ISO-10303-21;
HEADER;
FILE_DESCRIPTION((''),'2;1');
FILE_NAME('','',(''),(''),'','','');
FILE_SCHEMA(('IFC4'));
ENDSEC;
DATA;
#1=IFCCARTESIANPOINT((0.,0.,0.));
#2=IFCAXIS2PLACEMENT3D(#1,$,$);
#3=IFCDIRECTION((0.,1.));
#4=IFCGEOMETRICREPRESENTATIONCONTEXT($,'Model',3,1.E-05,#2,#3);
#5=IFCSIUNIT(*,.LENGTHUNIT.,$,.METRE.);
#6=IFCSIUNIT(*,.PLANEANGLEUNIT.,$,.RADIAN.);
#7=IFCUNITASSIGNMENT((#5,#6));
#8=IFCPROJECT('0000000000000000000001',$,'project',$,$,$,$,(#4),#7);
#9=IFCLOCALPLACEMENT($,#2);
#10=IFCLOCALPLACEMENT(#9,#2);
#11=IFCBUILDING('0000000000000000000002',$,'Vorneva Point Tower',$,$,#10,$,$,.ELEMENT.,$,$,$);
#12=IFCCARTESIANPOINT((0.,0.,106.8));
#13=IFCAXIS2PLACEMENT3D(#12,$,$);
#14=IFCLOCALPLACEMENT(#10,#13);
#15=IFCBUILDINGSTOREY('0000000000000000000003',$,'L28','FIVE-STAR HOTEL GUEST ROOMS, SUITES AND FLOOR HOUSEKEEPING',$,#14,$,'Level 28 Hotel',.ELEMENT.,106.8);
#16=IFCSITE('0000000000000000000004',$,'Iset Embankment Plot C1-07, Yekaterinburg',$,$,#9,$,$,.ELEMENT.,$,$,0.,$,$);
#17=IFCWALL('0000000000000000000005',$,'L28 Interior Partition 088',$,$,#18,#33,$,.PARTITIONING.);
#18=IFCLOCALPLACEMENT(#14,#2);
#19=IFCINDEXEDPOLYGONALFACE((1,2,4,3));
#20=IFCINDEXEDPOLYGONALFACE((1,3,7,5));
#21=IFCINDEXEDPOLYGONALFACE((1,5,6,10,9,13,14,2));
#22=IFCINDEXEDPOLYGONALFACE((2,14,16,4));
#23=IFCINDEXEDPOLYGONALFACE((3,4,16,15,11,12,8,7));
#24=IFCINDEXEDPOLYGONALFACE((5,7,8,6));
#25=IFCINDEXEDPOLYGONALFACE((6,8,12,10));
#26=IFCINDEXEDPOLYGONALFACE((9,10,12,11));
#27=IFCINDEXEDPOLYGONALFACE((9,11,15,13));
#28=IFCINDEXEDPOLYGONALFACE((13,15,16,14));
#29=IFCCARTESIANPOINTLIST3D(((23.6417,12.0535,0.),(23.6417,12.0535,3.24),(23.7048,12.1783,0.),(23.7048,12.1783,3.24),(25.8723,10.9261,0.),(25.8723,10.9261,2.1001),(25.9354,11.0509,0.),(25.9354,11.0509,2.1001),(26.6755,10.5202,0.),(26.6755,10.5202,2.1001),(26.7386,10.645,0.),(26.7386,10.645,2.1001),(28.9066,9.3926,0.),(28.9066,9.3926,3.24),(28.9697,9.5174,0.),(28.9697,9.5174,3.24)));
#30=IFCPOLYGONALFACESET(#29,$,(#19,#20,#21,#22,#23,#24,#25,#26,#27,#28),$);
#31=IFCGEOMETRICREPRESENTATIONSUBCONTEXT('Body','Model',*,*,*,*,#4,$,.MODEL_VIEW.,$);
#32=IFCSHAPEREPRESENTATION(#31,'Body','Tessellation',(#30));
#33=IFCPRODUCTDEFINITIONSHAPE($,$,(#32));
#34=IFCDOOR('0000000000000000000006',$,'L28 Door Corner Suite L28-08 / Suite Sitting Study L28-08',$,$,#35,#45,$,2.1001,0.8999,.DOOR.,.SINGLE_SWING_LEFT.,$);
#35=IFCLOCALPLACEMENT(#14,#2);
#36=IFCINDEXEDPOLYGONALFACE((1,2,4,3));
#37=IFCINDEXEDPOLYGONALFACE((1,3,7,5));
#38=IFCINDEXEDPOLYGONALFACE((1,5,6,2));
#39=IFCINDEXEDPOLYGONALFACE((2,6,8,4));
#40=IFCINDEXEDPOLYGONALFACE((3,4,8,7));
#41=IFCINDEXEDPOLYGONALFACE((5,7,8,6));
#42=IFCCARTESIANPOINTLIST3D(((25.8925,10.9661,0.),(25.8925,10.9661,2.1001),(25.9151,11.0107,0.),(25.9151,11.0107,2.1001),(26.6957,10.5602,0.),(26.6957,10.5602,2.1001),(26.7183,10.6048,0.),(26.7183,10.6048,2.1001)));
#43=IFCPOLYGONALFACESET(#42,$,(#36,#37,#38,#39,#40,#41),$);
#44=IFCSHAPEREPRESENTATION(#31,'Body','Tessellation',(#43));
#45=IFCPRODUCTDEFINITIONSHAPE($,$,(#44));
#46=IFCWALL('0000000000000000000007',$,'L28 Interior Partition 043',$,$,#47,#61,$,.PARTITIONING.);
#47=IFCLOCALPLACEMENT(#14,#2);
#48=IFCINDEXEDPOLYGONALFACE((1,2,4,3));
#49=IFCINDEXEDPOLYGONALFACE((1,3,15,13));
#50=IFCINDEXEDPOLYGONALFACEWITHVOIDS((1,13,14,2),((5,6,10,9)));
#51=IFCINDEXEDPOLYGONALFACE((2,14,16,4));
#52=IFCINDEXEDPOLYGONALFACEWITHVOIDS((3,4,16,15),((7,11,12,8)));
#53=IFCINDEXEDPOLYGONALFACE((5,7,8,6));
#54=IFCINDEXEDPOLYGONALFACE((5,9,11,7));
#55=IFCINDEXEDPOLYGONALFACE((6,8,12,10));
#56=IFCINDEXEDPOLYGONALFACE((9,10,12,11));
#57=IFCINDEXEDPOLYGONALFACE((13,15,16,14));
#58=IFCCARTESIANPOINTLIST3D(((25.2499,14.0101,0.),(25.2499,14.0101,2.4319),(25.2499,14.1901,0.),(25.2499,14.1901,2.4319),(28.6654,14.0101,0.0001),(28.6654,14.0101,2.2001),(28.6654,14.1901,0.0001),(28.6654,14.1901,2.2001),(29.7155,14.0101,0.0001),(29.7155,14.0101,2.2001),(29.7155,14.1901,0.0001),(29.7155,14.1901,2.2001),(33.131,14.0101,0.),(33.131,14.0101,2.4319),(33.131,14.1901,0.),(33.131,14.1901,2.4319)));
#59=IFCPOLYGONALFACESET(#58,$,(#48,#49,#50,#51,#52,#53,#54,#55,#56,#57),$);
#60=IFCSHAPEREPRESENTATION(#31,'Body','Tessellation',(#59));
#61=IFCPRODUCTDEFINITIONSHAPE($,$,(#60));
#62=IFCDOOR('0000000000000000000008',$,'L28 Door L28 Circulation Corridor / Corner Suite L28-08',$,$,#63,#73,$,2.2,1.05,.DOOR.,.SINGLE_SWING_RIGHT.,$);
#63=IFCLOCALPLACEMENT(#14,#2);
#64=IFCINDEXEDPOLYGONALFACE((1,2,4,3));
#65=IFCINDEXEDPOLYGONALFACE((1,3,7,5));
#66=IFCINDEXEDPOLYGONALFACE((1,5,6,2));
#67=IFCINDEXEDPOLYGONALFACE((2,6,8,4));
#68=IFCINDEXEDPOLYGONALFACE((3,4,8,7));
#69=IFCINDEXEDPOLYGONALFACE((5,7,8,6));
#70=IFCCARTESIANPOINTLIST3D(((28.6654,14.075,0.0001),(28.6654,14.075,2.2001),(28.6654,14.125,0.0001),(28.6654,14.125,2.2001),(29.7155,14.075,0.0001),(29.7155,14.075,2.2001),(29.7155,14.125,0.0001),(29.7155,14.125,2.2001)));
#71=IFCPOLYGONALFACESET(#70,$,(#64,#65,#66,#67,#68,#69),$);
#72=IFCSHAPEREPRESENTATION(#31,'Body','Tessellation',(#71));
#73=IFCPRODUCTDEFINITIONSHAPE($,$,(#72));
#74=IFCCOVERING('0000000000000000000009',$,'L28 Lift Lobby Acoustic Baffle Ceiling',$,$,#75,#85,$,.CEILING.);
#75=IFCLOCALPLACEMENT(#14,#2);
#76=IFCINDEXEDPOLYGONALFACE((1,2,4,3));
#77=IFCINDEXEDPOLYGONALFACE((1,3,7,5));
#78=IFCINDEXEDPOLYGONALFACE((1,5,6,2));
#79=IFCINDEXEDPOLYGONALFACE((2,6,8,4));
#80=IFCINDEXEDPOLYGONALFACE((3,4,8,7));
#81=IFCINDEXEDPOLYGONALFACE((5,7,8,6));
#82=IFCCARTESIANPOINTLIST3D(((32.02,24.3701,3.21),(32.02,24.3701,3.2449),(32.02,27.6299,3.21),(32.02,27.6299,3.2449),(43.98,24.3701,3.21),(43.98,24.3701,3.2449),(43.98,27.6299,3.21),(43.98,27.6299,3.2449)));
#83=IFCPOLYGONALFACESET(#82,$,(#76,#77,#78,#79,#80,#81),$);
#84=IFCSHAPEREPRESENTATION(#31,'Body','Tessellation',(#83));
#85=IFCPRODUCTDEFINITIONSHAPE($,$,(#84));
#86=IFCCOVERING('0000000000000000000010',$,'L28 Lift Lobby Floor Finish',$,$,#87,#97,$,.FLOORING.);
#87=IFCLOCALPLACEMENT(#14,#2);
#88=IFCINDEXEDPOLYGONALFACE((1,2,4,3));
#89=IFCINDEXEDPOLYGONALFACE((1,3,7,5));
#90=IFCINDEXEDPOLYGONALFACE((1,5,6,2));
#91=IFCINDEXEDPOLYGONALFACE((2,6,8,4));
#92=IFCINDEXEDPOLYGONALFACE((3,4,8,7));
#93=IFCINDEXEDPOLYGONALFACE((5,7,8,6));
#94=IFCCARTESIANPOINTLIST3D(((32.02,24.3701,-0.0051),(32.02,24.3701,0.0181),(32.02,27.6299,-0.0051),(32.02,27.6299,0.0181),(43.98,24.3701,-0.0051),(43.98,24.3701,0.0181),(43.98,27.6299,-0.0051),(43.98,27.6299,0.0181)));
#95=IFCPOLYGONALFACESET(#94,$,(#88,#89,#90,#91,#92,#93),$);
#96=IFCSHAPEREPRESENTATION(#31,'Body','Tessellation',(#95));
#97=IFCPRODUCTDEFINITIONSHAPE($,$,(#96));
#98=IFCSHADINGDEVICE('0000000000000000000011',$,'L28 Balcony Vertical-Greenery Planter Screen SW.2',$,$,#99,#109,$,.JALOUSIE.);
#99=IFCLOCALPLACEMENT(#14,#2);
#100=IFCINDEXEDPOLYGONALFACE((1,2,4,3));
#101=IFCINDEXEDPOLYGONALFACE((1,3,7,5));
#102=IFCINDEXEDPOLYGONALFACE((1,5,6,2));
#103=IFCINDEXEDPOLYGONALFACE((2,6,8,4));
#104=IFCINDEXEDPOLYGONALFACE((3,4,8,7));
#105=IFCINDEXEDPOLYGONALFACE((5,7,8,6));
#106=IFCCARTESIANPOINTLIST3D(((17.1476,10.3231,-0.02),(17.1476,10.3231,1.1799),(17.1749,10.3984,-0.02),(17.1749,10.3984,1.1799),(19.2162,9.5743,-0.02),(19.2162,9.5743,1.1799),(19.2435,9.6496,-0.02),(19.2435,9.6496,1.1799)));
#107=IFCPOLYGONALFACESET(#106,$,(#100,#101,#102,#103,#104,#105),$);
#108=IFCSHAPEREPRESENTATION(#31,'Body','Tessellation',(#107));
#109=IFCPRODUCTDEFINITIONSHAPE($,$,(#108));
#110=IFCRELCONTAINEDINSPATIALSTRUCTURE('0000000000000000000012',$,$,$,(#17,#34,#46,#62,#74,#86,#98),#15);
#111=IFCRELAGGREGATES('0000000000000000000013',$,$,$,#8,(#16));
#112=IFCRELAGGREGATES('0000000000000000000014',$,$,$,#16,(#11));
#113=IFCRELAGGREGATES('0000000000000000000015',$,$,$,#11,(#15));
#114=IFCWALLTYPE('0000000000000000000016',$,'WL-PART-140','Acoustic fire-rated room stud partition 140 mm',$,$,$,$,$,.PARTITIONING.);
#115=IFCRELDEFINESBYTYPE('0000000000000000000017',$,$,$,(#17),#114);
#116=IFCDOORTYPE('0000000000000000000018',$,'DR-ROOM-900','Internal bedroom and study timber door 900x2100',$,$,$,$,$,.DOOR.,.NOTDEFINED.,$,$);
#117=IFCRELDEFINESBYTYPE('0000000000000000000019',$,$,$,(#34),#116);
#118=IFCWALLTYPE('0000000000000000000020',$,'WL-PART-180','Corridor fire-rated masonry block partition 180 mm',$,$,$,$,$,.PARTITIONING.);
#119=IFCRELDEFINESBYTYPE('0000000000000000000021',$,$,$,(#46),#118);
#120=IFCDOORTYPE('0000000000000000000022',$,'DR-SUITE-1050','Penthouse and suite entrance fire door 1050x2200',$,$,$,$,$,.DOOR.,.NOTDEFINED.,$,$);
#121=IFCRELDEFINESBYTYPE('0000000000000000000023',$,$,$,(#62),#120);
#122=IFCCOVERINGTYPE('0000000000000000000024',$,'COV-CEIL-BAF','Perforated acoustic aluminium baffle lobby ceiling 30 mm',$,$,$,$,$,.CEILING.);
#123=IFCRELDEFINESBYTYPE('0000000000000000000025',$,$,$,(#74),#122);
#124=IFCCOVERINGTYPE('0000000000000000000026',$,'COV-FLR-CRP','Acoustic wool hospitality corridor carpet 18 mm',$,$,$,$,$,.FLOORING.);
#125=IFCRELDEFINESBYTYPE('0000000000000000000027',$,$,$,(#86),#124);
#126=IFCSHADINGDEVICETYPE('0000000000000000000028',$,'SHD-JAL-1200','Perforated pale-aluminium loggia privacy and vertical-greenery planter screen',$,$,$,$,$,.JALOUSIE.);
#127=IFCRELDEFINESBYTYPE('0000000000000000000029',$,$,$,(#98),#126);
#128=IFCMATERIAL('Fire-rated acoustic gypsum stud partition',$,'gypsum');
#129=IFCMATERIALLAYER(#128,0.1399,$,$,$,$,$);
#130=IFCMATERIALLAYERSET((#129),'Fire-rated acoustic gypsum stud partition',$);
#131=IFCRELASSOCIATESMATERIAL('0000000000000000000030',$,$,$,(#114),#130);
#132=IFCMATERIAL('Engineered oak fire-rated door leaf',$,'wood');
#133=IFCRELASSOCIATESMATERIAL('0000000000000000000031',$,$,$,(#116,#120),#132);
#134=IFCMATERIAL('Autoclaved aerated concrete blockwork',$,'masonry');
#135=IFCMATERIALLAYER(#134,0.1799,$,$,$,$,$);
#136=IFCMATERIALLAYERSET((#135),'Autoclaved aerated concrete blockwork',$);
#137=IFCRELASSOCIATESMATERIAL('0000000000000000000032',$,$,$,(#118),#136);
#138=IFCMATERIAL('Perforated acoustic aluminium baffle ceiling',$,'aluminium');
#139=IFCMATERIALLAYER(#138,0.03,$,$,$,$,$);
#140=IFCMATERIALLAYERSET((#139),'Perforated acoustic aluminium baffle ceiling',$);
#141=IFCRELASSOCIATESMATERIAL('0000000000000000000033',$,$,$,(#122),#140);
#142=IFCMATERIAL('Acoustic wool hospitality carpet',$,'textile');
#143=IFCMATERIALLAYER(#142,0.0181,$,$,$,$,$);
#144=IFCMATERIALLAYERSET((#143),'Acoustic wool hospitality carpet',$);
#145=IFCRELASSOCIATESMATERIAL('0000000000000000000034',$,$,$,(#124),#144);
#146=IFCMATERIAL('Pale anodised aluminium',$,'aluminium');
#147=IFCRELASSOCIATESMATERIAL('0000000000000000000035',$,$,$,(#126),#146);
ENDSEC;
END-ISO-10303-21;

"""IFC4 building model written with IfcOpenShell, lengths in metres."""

from ifc_helpers import new_model, si_unit, direction, frame, frame_2d, origin, origin_2d, place, context, subcontext, project, spatial, polyline, rectangle, outline, extrude, material, layer, layer_set, type_object, element, fill, save


model = new_model("IFC4")

# Units and contexts
model_context = context("Model", 3, precision=1e-05, world=origin(), true_north=direction((0.0, 1.0)))
body_context = subcontext(model_context, "Body", "Model", "MODEL_VIEW")
ifc_project = project(units=[si_unit("LENGTHUNIT", "METRE"), si_unit("PLANEANGLEUNIT", "RADIAN")], contexts=[model_context])

# Site, building, storey
site_placement = place(None, origin())
site = spatial("IfcSite", under=ifc_project, at=site_placement, Name="Iset Embankment Plot C1-07, Yekaterinburg", CompositionType="ELEMENT", RefElevation=0.0)
building_placement = place(site_placement, origin())
building = spatial("IfcBuilding", under=site, at=building_placement, Name="Vorneva Point Tower", CompositionType="ELEMENT")
storey_placement = place(building_placement, frame((0.0, 0.0, 106.8)))
storey = spatial("IfcBuildingStorey", under=building, at=storey_placement, Name="L28", Description="FIVE-STAR HOTEL GUEST ROOMS, SUITES AND FLOOR HOUSEKEEPING", LongName="Level 28 Hotel", CompositionType="ELEMENT", Elevation=106.8)

# Shared definitions
ifc_material_1 = material(Name="Pale anodised aluminium", Category="aluminium")

# Shared definitions
ifc_material_2 = material(Name="Fire-rated acoustic gypsum stud partition", Category="gypsum")
ifc_layer_1 = layer(ifc_material_2, 0.1399)
ifc_layer_set_1 = layer_set([ifc_layer_1], Name="Fire-rated acoustic gypsum stud partition")
wall_type_1 = type_object("IfcWallType", Name="WL-PART-140", Description="Acoustic fire-rated room stud partition 140 mm", PredefinedType="PARTITIONING", material=ifc_layer_set_1)

# Walls, openings, doors
wall_1_placement = place(storey_placement, frame((23.6731, 12.116, 0.0), z_axis=(0.0, 0.0, 1.0), x_axis=(0.89249, -0.451067, 0.0)))
wall_1 = element("IfcWall", 1, at=wall_1_placement, inside=storey, type_object=wall_type_1, Name="L28 Interior Partition 088", PredefinedType="PARTITIONING", context=body_context, shape_type="SweptSolid", body=[
    extrude(rectangle(XDim=5.8992, YDim=0.1399, at=frame_2d((2.9497, 0.0))), origin(), (0.0, 0.0, 1.0), 3.24),
])
opening_1_placement = place(wall_1_placement, frame((2.4995, 0.0, 0.0)))
opening_1 = element("IfcOpeningElement", 2, at=opening_1_placement, cuts=wall_1, PredefinedType="OPENING", context=body_context, shape_type="SweptSolid", body=[
    extrude(rectangle(XDim=0.8999, YDim=2.1001, at=frame_2d((0.45, 1.05))), frame((0.0, 0.085, 0.0), z_axis=(0.0, -1.0, 0.0), x_axis=(1.0, 0.0, 0.0)), (0.0, 0.0, 1.0), 0.1697),
])
ifc_material_3 = material(Name="Engineered oak fire-rated door leaf", Category="wood")
door_type_1 = type_object("IfcDoorType", Name="DR-ROOM-900", Description="Internal bedroom and study timber door 900x2100", OperationType="NOTDEFINED", PredefinedType="DOOR", material=ifc_material_3)
door_1_placement = place(opening_1_placement, origin())
door_1 = element("IfcDoor", 3, at=door_1_placement, inside=storey, type_object=door_type_1, Name="L28 Door Corner Suite L28-08 / Suite Sitting Study L28-08", OperationType="SINGLE_SWING_LEFT", OverallHeight=2.1001, OverallWidth=0.8999, PredefinedType="DOOR", context=body_context, shape_type="SweptSolid", body=[
    extrude(rectangle(XDim=0.8999, YDim=2.1001, at=frame_2d((0.45, 1.05))), frame((0.0, 0.0249, 0.0), z_axis=(0.0, -1.0, 0.0), x_axis=(1.0, 0.0, 0.0)), (0.0, 0.0, 1.0), 0.05),
])
fill(opening_1, door_1)
ifc_material_4 = material(Name="Autoclaved aerated concrete blockwork", Category="masonry")
ifc_layer_2 = layer(ifc_material_4, 0.1799)
ifc_layer_set_2 = layer_set([ifc_layer_2], Name="Autoclaved aerated concrete blockwork")
wall_type_2 = type_object("IfcWallType", Name="WL-PART-180", Description="Corridor fire-rated masonry block partition 180 mm", PredefinedType="PARTITIONING", material=ifc_layer_set_2)
wall_2_placement = place(storey_placement, frame((25.25, 14.1001, 0.0), z_axis=(0.0, 0.0, 1.0), x_axis=(1.0, 0.0, 0.0)))
wall_2 = element("IfcWall", 4, at=wall_2_placement, inside=storey, type_object=wall_type_2, Name="L28 Interior Partition 043", PredefinedType="PARTITIONING", context=body_context, shape_type="SweptSolid", body=[
    extrude(rectangle(XDim=7.8811, YDim=0.1799, at=frame_2d((3.9404, 0.0))), origin(), (0.0, 0.0, 1.0), 2.4319),
])
opening_2_placement = place(wall_2_placement, frame((3.4155, 0.0, 0.0)))
opening_2 = element("IfcOpeningElement", 5, at=opening_2_placement, cuts=wall_2, PredefinedType="OPENING", context=body_context, shape_type="SweptSolid", body=[
    extrude(rectangle(XDim=1.05, YDim=2.2, at=frame_2d((0.5249, 1.1001))), frame((0.0, 0.105, 0.0), z_axis=(0.0, -1.0, 0.0), x_axis=(1.0, 0.0, 0.0)), (0.0, 0.0, 1.0), 0.2097),
])
door_type_2 = type_object("IfcDoorType", Name="DR-SUITE-1050", Description="Penthouse and suite entrance fire door 1050x2200", OperationType="NOTDEFINED", PredefinedType="DOOR", material=ifc_material_3)
door_2_placement = place(opening_2_placement, origin())
door_2 = element("IfcDoor", 6, at=door_2_placement, inside=storey, type_object=door_type_2, Name="L28 Door L28 Circulation Corridor / Corner Suite L28-08", OperationType="SINGLE_SWING_RIGHT", OverallHeight=2.2, OverallWidth=1.05, PredefinedType="DOOR", context=body_context, shape_type="SweptSolid", body=[
    extrude(rectangle(XDim=1.05, YDim=2.2, at=frame_2d((0.5249, 1.1001))), frame((0.0, 0.0249, 0.0), z_axis=(0.0, -1.0, 0.0), x_axis=(1.0, 0.0, 0.0)), (0.0, 0.0, 1.0), 0.05),
])
fill(opening_2, door_2)

# Coverings
ifc_material_5 = material(Name="Perforated acoustic aluminium baffle ceiling", Category="aluminium")
ifc_layer_3 = layer(ifc_material_5, 0.03)
ifc_layer_set_3 = layer_set([ifc_layer_3], Name="Perforated acoustic aluminium baffle ceiling")
covering_type_1 = type_object("IfcCoveringType", Name="COV-CEIL-BAF", Description="Perforated acoustic aluminium baffle lobby ceiling 30 mm", PredefinedType="CEILING", material=ifc_layer_set_3)
covering_1_placement = place(storey_placement, frame((0.0, 0.0, 3.21)))
element("IfcCovering", 7, at=covering_1_placement, inside=storey, type_object=covering_type_1, Name="L28 Lift Lobby Acoustic Baffle Ceiling", PredefinedType="CEILING", context=body_context, shape_type="SweptSolid", body=[
    extrude(outline(polyline([(32.02, 24.3701), (43.98, 24.3701), (43.98, 27.6299), (32.02, 27.6299), (32.02, 24.3701)])), origin(), (0.0, 0.0, 1.0), 0.0349),
])
ifc_material_6 = material(Name="Acoustic wool hospitality carpet", Category="textile")
ifc_layer_4 = layer(ifc_material_6, 0.0181)
ifc_layer_set_4 = layer_set([ifc_layer_4], Name="Acoustic wool hospitality carpet")
covering_type_2 = type_object("IfcCoveringType", Name="COV-FLR-CRP", Description="Acoustic wool hospitality corridor carpet 18 mm", PredefinedType="FLOORING", material=ifc_layer_set_4)
covering_2_placement = place(storey_placement, frame((0.0, 0.0, -0.0051)))
element("IfcCovering", 8, at=covering_2_placement, inside=storey, type_object=covering_type_2, Name="L28 Lift Lobby Floor Finish", PredefinedType="FLOORING", context=body_context, shape_type="SweptSolid", body=[
    extrude(outline(polyline([(32.02, 24.3701), (43.98, 24.3701), (43.98, 27.6299), (32.02, 27.6299), (32.02, 24.3701)])), origin(), (0.0, 0.0, 1.0), 0.0232),
])

# Shading device
shading_device_type = type_object("IfcShadingDeviceType", Name="SHD-JAL-1200", Description="Perforated pale-aluminium loggia privacy and vertical-greenery planter screen", PredefinedType="JALOUSIE", material=ifc_material_1)
shading_device_placement = place(storey_placement, frame((18.1956, 9.9863, -0.02), z_axis=(0.0, 0.0, 1.0), x_axis=(0.940294, -0.340363, 0.0)))
element("IfcShadingDevice", 9, at=shading_device_placement, inside=storey, type_object=shading_device_type, Name="L28 Balcony Vertical-Greenery Planter Screen SW.2", PredefinedType="JALOUSIE", context=body_context, shape_type="SweptSolid", body=[
    extrude(rectangle(XDim=2.2, YDim=0.0801, at=origin_2d()), origin(), (0.0, 0.0, 1.0), 1.2),
])

save(model, "model.ifc")
